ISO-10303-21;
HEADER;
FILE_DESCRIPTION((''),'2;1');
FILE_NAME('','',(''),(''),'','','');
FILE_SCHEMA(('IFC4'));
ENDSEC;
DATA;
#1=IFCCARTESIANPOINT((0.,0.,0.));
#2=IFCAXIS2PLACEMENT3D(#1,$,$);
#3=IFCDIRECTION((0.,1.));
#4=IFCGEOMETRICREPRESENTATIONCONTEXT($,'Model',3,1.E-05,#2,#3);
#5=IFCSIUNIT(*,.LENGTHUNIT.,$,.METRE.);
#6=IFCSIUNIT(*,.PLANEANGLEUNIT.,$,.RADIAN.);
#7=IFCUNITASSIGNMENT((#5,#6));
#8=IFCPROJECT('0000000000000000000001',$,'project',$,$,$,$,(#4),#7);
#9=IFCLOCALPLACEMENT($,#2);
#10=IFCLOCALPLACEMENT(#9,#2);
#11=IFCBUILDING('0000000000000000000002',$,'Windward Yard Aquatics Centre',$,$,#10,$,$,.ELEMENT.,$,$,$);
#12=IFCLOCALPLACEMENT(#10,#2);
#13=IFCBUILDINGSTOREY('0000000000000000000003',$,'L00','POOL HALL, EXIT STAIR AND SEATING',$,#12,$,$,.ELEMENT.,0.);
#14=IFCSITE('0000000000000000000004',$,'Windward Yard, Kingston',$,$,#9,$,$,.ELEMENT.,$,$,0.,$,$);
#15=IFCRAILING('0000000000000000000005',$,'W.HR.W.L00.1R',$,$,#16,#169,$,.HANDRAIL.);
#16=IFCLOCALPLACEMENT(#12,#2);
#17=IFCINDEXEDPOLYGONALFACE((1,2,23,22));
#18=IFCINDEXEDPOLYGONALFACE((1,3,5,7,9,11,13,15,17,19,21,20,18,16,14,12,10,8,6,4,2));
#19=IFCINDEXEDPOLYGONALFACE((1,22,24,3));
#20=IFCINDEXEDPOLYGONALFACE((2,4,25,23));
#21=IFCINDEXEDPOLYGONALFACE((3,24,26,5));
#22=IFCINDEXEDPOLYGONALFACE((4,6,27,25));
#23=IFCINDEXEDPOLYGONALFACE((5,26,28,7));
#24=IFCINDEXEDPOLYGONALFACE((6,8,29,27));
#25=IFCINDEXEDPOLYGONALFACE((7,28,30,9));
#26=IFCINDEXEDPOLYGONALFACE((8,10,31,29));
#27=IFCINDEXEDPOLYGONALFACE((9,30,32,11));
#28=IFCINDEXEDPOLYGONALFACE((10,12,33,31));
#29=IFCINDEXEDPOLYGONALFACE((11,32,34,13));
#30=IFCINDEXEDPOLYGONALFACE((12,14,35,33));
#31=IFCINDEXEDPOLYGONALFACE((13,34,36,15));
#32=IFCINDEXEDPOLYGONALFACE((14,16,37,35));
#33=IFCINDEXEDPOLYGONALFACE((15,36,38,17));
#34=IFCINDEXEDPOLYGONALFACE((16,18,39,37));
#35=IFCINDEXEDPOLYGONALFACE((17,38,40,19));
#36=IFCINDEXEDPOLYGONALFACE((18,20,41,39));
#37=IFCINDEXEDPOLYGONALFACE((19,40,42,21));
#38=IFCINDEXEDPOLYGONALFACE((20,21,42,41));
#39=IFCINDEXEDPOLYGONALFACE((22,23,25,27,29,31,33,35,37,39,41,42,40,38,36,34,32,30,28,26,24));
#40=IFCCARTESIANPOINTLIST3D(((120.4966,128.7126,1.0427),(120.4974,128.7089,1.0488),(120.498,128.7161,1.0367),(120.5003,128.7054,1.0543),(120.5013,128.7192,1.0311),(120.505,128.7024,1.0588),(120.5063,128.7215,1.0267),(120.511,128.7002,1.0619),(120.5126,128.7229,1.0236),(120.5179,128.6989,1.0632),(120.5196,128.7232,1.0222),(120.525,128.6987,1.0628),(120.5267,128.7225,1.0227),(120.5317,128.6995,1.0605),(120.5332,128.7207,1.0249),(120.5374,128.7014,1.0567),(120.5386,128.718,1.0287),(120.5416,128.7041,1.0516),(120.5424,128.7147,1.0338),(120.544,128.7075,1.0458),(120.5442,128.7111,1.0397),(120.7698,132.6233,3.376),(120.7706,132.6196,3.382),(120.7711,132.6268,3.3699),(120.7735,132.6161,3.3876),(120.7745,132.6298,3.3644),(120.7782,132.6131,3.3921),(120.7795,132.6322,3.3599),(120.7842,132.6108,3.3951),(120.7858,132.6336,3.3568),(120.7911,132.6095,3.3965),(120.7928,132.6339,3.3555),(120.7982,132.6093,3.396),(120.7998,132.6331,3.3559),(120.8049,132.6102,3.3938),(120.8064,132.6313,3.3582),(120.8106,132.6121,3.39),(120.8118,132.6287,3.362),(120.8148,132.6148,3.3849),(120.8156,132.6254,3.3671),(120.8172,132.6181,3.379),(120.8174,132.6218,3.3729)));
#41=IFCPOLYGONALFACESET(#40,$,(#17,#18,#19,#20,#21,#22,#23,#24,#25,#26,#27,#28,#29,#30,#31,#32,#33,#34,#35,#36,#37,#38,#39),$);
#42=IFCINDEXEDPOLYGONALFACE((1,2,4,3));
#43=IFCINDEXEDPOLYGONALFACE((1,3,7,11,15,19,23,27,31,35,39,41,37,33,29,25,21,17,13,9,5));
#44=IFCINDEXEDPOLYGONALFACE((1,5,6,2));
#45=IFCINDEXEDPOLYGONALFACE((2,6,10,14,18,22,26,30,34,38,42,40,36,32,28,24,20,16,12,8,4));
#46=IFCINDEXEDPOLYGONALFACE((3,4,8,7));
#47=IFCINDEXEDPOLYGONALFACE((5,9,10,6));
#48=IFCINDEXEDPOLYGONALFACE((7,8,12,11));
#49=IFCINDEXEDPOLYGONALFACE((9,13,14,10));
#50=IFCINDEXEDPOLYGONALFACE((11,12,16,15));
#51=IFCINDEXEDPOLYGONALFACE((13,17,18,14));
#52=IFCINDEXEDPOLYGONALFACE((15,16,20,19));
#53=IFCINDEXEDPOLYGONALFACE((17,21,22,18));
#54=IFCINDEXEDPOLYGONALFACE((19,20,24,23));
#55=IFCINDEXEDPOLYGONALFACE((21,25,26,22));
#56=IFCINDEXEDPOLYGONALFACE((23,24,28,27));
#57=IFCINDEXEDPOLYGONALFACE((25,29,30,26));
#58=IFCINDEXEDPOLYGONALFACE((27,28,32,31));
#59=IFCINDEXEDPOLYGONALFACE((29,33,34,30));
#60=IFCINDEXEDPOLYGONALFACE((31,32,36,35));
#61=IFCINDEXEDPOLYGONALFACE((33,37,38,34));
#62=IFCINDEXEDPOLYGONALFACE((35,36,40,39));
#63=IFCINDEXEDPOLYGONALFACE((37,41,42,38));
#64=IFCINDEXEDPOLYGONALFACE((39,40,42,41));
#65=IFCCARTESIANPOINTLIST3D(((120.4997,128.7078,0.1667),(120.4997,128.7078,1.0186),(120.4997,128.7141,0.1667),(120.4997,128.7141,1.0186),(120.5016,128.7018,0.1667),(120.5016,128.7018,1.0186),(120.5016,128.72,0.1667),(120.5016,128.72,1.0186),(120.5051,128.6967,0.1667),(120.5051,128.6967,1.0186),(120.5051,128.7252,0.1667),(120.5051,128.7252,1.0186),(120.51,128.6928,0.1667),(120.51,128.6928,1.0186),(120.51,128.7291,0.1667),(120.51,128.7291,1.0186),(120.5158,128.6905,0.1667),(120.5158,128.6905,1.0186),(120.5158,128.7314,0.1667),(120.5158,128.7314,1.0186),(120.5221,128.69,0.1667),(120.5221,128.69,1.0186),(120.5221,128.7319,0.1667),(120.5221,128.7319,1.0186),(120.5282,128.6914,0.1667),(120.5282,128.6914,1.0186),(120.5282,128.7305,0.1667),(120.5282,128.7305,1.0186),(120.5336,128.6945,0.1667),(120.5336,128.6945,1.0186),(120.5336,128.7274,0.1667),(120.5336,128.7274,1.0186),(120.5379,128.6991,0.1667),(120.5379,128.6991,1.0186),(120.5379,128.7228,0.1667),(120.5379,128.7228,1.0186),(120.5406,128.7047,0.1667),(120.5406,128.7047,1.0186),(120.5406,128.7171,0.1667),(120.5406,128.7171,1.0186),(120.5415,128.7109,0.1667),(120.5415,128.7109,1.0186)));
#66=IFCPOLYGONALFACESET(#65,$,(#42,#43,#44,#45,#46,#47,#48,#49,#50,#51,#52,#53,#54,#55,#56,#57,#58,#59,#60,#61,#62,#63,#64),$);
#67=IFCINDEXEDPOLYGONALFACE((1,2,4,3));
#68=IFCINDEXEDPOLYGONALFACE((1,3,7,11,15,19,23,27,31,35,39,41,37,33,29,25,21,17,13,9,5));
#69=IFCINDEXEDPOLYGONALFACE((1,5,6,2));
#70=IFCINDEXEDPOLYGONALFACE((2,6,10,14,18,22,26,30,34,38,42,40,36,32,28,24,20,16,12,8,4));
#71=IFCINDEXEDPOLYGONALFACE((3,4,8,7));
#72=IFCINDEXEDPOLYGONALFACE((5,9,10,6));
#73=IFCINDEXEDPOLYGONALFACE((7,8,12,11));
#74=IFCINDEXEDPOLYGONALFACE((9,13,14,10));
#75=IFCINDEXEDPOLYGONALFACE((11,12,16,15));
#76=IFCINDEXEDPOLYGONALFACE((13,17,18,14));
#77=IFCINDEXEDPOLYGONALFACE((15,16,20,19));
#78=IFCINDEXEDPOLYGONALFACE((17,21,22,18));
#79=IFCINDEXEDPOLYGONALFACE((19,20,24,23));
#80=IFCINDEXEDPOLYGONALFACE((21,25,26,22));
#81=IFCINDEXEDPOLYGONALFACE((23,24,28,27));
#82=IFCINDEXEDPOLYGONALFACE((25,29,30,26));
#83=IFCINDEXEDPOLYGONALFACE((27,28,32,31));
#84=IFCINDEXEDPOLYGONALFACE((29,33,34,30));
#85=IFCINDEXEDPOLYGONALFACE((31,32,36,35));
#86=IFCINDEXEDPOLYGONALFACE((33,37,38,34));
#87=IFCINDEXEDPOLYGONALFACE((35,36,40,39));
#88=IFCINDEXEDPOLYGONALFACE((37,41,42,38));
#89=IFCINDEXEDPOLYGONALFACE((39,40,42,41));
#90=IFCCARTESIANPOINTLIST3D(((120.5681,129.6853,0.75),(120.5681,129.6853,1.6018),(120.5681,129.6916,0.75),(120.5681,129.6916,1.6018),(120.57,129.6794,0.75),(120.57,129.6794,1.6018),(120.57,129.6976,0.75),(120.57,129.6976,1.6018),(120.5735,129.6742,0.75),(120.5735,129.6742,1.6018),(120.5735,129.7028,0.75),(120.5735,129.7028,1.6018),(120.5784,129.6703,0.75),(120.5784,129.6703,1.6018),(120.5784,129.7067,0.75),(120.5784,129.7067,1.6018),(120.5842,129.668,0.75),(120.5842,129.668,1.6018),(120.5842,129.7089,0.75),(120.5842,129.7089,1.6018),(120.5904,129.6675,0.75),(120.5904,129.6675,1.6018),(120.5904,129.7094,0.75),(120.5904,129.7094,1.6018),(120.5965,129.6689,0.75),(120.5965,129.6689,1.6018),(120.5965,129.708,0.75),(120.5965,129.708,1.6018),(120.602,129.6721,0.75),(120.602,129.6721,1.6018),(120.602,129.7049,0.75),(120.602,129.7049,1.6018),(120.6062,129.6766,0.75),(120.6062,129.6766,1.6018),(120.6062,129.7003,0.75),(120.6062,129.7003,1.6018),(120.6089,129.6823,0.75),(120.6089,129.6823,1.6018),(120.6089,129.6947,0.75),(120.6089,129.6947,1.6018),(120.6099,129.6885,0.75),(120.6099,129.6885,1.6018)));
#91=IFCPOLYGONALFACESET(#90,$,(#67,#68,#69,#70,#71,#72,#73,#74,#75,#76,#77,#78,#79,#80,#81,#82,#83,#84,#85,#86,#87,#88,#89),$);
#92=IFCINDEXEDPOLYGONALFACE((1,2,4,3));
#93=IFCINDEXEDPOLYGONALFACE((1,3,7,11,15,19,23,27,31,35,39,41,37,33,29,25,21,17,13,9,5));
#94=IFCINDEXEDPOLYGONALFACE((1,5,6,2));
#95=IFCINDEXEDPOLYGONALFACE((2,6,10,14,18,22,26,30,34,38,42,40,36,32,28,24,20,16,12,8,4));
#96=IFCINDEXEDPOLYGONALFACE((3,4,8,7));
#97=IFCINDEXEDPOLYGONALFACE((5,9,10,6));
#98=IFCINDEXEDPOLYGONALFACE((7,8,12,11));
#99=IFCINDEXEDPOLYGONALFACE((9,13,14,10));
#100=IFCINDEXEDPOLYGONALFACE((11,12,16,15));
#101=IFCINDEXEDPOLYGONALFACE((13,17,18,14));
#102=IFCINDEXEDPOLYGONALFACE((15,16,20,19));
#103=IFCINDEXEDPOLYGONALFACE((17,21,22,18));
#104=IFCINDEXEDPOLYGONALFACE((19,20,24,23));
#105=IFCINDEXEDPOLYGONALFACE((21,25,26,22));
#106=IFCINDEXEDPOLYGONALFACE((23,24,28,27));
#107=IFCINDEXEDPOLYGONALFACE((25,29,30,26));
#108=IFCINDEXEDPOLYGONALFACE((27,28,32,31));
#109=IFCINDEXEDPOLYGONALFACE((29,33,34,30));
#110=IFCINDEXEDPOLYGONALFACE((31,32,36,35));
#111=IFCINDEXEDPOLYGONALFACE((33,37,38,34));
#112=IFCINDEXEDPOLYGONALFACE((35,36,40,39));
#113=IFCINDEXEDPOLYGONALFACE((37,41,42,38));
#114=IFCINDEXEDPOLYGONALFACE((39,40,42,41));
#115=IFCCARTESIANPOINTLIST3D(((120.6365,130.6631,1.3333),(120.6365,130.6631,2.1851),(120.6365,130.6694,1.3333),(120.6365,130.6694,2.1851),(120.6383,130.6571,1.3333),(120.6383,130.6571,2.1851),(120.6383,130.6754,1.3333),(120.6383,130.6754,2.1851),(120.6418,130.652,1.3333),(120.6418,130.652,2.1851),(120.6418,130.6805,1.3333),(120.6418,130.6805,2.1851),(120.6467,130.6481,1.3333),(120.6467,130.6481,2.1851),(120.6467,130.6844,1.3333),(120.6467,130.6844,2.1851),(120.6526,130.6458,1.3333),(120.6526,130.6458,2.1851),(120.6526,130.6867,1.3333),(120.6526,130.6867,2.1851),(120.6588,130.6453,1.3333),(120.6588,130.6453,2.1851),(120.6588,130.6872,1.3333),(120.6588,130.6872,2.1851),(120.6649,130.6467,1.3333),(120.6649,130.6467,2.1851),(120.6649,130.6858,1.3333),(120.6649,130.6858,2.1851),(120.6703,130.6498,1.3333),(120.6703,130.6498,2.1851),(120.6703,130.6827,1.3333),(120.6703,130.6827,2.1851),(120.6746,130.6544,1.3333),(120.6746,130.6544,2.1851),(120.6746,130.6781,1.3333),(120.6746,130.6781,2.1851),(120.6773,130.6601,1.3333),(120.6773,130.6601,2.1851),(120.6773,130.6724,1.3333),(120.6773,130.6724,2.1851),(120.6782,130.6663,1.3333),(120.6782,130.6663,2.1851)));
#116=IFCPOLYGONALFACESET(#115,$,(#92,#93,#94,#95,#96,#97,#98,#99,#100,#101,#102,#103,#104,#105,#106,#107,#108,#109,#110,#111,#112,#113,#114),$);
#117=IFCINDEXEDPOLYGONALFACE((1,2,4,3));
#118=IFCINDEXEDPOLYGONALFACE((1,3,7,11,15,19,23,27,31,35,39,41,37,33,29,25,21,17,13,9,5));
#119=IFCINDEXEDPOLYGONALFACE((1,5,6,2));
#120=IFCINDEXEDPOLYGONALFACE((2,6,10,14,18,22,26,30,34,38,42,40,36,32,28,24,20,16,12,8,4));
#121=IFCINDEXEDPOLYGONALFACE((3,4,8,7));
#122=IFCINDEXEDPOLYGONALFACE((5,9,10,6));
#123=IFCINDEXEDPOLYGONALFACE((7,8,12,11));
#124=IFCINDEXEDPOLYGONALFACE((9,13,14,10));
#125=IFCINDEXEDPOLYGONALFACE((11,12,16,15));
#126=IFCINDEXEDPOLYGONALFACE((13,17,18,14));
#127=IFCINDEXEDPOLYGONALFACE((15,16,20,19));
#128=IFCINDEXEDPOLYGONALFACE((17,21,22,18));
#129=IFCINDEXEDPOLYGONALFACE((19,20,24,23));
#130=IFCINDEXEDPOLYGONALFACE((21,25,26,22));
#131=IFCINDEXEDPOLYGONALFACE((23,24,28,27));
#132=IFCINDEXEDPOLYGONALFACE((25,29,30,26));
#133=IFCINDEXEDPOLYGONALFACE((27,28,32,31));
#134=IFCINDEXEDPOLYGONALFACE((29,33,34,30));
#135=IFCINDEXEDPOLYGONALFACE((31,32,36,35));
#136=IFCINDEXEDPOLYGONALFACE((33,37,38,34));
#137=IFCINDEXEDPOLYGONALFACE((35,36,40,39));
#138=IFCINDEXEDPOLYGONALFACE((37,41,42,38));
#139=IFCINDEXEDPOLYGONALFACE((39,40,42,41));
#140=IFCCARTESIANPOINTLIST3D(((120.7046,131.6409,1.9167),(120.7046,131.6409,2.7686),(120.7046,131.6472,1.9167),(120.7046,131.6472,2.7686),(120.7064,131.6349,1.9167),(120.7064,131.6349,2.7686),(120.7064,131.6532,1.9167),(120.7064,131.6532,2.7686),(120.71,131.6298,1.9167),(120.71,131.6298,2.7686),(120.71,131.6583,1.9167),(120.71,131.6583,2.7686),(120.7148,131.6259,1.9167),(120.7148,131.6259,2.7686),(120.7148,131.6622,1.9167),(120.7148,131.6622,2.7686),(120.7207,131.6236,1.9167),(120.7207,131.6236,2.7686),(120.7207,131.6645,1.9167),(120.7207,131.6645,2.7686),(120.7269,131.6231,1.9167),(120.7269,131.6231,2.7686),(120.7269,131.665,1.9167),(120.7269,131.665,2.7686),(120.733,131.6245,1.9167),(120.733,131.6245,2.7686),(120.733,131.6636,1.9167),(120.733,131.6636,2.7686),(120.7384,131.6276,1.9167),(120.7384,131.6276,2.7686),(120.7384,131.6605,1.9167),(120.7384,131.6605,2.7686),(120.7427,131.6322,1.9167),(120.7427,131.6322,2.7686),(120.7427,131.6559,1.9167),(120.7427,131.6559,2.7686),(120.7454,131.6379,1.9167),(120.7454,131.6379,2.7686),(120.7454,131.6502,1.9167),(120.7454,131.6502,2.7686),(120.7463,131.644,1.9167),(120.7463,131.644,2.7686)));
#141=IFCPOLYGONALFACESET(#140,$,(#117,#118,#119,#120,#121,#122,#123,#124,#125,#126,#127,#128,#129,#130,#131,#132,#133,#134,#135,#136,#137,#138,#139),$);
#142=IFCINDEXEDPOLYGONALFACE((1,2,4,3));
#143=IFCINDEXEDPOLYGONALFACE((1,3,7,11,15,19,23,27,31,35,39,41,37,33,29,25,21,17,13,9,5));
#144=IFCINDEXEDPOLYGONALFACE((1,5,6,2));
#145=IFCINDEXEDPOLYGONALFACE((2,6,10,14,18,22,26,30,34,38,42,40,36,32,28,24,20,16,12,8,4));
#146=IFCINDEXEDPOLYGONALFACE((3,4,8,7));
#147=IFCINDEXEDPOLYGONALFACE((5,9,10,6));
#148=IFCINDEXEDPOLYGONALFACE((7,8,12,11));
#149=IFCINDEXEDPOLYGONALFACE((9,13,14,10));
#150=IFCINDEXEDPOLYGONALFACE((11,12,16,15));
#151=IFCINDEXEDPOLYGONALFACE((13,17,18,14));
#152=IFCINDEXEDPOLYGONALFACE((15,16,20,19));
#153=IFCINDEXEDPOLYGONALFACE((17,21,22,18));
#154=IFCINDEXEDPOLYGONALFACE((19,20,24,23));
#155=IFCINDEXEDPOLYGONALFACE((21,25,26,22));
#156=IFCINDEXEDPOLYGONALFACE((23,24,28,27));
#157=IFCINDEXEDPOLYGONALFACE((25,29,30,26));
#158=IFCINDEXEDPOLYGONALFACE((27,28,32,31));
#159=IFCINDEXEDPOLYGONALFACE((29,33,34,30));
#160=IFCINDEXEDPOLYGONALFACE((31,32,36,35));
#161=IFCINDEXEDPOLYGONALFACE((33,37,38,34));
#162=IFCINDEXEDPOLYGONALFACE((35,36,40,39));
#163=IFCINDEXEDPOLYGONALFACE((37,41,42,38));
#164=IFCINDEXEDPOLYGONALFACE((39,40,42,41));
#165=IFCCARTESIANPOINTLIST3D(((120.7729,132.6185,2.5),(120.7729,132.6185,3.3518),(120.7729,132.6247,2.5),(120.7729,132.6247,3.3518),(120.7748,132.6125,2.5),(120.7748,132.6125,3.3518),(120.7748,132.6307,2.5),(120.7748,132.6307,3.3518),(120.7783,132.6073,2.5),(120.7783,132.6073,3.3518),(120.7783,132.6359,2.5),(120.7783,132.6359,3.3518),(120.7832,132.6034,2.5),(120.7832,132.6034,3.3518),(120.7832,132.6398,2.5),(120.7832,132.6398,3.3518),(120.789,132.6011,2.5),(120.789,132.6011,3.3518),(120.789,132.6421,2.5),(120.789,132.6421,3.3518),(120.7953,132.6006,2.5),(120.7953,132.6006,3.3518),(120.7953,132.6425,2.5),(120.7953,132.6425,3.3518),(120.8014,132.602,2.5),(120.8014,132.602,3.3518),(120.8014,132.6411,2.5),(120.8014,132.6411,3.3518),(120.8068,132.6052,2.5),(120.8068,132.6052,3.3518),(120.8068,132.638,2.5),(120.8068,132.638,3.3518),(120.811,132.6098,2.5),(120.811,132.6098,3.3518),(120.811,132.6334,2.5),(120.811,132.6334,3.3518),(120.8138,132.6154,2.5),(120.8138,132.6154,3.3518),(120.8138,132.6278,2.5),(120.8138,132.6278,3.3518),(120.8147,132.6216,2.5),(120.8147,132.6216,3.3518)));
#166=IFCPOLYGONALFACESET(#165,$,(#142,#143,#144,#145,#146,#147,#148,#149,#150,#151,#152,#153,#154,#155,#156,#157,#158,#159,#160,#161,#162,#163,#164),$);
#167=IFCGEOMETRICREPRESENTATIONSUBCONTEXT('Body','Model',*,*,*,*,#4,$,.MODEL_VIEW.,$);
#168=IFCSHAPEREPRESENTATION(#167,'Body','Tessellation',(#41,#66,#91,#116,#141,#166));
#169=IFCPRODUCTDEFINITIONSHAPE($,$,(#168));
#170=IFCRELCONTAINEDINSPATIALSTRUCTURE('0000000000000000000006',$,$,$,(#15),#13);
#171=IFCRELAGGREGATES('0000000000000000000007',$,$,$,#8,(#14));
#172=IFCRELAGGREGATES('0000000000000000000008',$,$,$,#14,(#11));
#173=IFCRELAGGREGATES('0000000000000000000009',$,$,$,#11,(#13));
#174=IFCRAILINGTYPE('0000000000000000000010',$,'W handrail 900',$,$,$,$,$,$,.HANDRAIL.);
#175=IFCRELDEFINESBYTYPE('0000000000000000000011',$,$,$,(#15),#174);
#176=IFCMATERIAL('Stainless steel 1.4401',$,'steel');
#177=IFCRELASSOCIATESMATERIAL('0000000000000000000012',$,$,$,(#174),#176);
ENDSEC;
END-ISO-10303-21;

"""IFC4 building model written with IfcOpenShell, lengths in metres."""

from ifc_helpers import new_model, si_unit, direction, frame, origin, origin_2d, place, context, subcontext, project, spatial, circle, extrude, material, type_object, element, save


model = new_model("IFC4")

# Units and contexts
model_context = context("Model", 3, precision=1e-05, world=origin(), true_north=direction((0.0, 1.0)))
body_context = subcontext(model_context, "Body", "Model", "MODEL_VIEW")
ifc_project = project(units=[si_unit("LENGTHUNIT", "METRE"), si_unit("PLANEANGLEUNIT", "RADIAN")], contexts=[model_context])

# Site, building, storey
site_placement = place(None, origin())
site = spatial("IfcSite", under=ifc_project, at=site_placement, Name="Windward Yard, Kingston", CompositionType="ELEMENT", RefElevation=0.0)
building_placement = place(site_placement, origin())
building = spatial("IfcBuilding", under=site, at=building_placement, Name="Windward Yard Aquatics Centre", CompositionType="ELEMENT")
storey_placement = place(building_placement, origin())
storey = spatial("IfcBuildingStorey", under=building, at=storey_placement, Name="L00", Description="POOL HALL, EXIT STAIR AND SEATING", CompositionType="ELEMENT", Elevation=0.0)

# Railing
ifc_material_1 = material(Name="Stainless steel 1.4401", Category="steel")
railing_type = type_object("IfcRailingType", Name="W handrail 900", PredefinedType="HANDRAIL", material=ifc_material_1)
railing_1_placement = place(storey_placement, frame((120.5205, 128.7109, 0.1667)))
element("IfcRailing", 1, at=railing_1_placement, inside=storey, type_object=railing_type, Name="W.HR.W.L00.1R", PredefinedType="HANDRAIL", context=body_context, shape_type="SweptSolid", body=[
    extrude(circle(Radius=0.0239, at=origin_2d()), frame((0.0, 0.0, 0.876), z_axis=(0.059885, 0.857222, 0.511454), x_axis=(-0.997569, 0.069689, 0.0)), (0.0, 0.0, 1.0), 4.562),
    extrude(circle(Radius=0.021, at=origin_2d()), origin(), (0.0, 0.0, 1.0), 0.8518),
    extrude(circle(Radius=0.021, at=origin_2d()), frame((0.0684, 0.9775, 0.5833)), (0.0, 0.0, 1.0), 0.8518),
    extrude(circle(Radius=0.021, at=origin_2d()), frame((0.1367, 1.9553, 1.1665)), (0.0, 0.0, 1.0), 0.8518),
    extrude(circle(Radius=0.021, at=origin_2d()), frame((0.2048, 2.9331, 1.75)), (0.0, 0.0, 1.0), 0.8518),
    extrude(circle(Radius=0.021, at=origin_2d()), frame((0.2732, 3.9106, 2.3333)), (0.0, 0.0, 1.0), 0.8518),
])

save(model, "model.ifc")
